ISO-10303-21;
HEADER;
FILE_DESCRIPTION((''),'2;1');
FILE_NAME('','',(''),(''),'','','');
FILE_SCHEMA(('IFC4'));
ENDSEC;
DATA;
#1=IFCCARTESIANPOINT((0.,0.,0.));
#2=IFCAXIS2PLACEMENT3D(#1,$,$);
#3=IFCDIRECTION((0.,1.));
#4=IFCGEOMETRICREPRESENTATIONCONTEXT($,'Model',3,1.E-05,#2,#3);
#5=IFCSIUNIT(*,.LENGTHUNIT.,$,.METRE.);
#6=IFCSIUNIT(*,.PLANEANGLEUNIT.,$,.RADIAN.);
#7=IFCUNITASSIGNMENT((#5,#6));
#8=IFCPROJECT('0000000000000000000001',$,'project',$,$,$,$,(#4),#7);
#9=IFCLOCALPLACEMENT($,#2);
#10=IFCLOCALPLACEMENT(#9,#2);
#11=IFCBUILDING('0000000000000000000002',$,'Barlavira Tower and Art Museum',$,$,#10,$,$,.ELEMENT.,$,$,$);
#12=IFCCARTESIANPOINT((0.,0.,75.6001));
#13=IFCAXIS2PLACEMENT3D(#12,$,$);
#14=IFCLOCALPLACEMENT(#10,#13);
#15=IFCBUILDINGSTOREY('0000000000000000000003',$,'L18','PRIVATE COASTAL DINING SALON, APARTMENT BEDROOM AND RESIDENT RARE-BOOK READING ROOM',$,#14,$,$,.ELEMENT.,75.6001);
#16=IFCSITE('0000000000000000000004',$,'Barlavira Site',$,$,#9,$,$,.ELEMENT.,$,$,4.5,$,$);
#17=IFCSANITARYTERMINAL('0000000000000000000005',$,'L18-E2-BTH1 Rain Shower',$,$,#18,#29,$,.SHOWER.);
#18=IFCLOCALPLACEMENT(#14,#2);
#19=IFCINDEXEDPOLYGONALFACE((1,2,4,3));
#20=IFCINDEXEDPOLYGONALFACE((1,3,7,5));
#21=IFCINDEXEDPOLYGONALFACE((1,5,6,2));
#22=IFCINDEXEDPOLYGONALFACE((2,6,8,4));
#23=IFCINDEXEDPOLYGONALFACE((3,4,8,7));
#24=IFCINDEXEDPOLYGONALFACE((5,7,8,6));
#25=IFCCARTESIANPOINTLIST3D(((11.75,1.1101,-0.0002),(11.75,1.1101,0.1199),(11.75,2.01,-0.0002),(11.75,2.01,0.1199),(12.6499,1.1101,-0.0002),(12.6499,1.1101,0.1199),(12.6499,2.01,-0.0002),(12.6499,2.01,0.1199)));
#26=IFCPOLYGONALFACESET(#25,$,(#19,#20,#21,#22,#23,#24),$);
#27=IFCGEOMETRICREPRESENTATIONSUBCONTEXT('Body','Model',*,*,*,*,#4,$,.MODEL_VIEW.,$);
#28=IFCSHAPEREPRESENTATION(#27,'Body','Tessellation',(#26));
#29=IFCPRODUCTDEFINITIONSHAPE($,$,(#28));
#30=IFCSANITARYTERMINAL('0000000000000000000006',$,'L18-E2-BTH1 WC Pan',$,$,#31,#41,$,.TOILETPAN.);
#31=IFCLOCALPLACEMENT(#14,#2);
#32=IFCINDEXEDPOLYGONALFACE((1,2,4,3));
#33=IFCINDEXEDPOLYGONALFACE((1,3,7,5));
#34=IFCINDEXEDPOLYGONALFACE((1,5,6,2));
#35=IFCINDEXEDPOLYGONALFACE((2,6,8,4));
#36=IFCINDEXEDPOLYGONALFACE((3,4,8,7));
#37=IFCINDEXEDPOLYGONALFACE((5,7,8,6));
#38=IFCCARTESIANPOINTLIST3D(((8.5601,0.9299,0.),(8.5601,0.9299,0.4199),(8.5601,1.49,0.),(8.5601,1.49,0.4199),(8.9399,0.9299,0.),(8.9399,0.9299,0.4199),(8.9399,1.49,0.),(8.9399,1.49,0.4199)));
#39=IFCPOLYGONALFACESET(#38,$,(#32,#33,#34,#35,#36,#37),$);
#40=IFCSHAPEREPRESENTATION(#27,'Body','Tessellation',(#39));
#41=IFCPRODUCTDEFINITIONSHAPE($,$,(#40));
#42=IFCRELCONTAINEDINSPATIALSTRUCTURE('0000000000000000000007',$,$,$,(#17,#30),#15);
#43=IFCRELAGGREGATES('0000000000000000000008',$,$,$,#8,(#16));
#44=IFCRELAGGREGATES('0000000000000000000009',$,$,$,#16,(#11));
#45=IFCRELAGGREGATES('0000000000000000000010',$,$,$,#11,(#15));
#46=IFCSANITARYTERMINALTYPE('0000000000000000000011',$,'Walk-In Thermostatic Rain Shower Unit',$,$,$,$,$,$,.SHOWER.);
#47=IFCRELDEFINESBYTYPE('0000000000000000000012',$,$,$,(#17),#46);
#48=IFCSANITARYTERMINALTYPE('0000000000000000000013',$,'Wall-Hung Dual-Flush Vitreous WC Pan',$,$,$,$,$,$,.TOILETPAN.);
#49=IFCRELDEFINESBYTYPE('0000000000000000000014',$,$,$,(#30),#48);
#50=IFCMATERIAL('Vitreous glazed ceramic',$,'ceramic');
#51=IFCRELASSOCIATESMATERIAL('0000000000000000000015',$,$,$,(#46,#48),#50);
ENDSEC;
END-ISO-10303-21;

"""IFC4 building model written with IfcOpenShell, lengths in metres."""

from ifc_helpers import new_model, si_unit, direction, frame, origin, origin_2d, place, context, subcontext, project, spatial, rectangle, extrude, material, type_object, element, save


model = new_model("IFC4")

# Units and contexts
model_context = context("Model", 3, precision=1e-05, world=origin(), true_north=direction((0.0, 1.0)))
body_context = subcontext(model_context, "Body", "Model", "MODEL_VIEW")
ifc_project = project(units=[si_unit("LENGTHUNIT", "METRE"), si_unit("PLANEANGLEUNIT", "RADIAN")], contexts=[model_context])

# Site, building, storey
site_placement = place(None, origin())
site = spatial("IfcSite", under=ifc_project, at=site_placement, Name="Barlavira Site", CompositionType="ELEMENT", RefElevation=4.5)
building_placement = place(site_placement, origin())
building = spatial("IfcBuilding", under=site, at=building_placement, Name="Barlavira Tower and Art Museum", CompositionType="ELEMENT")
storey_placement = place(building_placement, frame((0.0, 0.0, 75.6001)))
storey = spatial("IfcBuildingStorey", under=building, at=storey_placement, Name="L18", Description="PRIVATE COASTAL DINING SALON, APARTMENT BEDROOM AND RESIDENT RARE-BOOK READING ROOM", CompositionType="ELEMENT", Elevation=75.6001)

# Sanitary terminals
ifc_material_1 = material(Name="Vitreous glazed ceramic", Category="ceramic")
sanitary_terminal_type_1 = type_object("IfcSanitaryTerminalType", Name="Walk-In Thermostatic Rain Shower Unit", PredefinedType="SHOWER", material=ifc_material_1)
sanitary_terminal_1_placement = place(storey_placement, frame((12.2, 1.5601, -0.0002), z_axis=(0.0, 0.0, 1.0), x_axis=(1.0, 0.0, 0.0)))
element("IfcSanitaryTerminal", 1, at=sanitary_terminal_1_placement, inside=storey, type_object=sanitary_terminal_type_1, Name="L18-E2-BTH1 Rain Shower", PredefinedType="SHOWER", context=body_context, shape_type="SweptSolid", body=[
    extrude(rectangle(XDim=0.8999, YDim=0.8999, at=origin_2d()), origin(), (0.0, 0.0, 1.0), 0.1201),
])
sanitary_terminal_type_2 = type_object("IfcSanitaryTerminalType", Name="Wall-Hung Dual-Flush Vitreous WC Pan", PredefinedType="TOILETPAN", material=ifc_material_1)
sanitary_terminal_2_placement = place(storey_placement, frame((8.75, 1.21, 0.0), z_axis=(0.0, 0.0, 1.0), x_axis=(1.0, 0.0, 0.0)))
element("IfcSanitaryTerminal", 2, at=sanitary_terminal_2_placement, inside=storey, type_object=sanitary_terminal_type_2, Name="L18-E2-BTH1 WC Pan", PredefinedType="TOILETPAN", context=body_context, shape_type="SweptSolid", body=[
    extrude(rectangle(XDim=0.3799, YDim=0.5601, at=origin_2d()), origin(), (0.0, 0.0, 1.0), 0.4199),
])

save(model, "model.ifc")
